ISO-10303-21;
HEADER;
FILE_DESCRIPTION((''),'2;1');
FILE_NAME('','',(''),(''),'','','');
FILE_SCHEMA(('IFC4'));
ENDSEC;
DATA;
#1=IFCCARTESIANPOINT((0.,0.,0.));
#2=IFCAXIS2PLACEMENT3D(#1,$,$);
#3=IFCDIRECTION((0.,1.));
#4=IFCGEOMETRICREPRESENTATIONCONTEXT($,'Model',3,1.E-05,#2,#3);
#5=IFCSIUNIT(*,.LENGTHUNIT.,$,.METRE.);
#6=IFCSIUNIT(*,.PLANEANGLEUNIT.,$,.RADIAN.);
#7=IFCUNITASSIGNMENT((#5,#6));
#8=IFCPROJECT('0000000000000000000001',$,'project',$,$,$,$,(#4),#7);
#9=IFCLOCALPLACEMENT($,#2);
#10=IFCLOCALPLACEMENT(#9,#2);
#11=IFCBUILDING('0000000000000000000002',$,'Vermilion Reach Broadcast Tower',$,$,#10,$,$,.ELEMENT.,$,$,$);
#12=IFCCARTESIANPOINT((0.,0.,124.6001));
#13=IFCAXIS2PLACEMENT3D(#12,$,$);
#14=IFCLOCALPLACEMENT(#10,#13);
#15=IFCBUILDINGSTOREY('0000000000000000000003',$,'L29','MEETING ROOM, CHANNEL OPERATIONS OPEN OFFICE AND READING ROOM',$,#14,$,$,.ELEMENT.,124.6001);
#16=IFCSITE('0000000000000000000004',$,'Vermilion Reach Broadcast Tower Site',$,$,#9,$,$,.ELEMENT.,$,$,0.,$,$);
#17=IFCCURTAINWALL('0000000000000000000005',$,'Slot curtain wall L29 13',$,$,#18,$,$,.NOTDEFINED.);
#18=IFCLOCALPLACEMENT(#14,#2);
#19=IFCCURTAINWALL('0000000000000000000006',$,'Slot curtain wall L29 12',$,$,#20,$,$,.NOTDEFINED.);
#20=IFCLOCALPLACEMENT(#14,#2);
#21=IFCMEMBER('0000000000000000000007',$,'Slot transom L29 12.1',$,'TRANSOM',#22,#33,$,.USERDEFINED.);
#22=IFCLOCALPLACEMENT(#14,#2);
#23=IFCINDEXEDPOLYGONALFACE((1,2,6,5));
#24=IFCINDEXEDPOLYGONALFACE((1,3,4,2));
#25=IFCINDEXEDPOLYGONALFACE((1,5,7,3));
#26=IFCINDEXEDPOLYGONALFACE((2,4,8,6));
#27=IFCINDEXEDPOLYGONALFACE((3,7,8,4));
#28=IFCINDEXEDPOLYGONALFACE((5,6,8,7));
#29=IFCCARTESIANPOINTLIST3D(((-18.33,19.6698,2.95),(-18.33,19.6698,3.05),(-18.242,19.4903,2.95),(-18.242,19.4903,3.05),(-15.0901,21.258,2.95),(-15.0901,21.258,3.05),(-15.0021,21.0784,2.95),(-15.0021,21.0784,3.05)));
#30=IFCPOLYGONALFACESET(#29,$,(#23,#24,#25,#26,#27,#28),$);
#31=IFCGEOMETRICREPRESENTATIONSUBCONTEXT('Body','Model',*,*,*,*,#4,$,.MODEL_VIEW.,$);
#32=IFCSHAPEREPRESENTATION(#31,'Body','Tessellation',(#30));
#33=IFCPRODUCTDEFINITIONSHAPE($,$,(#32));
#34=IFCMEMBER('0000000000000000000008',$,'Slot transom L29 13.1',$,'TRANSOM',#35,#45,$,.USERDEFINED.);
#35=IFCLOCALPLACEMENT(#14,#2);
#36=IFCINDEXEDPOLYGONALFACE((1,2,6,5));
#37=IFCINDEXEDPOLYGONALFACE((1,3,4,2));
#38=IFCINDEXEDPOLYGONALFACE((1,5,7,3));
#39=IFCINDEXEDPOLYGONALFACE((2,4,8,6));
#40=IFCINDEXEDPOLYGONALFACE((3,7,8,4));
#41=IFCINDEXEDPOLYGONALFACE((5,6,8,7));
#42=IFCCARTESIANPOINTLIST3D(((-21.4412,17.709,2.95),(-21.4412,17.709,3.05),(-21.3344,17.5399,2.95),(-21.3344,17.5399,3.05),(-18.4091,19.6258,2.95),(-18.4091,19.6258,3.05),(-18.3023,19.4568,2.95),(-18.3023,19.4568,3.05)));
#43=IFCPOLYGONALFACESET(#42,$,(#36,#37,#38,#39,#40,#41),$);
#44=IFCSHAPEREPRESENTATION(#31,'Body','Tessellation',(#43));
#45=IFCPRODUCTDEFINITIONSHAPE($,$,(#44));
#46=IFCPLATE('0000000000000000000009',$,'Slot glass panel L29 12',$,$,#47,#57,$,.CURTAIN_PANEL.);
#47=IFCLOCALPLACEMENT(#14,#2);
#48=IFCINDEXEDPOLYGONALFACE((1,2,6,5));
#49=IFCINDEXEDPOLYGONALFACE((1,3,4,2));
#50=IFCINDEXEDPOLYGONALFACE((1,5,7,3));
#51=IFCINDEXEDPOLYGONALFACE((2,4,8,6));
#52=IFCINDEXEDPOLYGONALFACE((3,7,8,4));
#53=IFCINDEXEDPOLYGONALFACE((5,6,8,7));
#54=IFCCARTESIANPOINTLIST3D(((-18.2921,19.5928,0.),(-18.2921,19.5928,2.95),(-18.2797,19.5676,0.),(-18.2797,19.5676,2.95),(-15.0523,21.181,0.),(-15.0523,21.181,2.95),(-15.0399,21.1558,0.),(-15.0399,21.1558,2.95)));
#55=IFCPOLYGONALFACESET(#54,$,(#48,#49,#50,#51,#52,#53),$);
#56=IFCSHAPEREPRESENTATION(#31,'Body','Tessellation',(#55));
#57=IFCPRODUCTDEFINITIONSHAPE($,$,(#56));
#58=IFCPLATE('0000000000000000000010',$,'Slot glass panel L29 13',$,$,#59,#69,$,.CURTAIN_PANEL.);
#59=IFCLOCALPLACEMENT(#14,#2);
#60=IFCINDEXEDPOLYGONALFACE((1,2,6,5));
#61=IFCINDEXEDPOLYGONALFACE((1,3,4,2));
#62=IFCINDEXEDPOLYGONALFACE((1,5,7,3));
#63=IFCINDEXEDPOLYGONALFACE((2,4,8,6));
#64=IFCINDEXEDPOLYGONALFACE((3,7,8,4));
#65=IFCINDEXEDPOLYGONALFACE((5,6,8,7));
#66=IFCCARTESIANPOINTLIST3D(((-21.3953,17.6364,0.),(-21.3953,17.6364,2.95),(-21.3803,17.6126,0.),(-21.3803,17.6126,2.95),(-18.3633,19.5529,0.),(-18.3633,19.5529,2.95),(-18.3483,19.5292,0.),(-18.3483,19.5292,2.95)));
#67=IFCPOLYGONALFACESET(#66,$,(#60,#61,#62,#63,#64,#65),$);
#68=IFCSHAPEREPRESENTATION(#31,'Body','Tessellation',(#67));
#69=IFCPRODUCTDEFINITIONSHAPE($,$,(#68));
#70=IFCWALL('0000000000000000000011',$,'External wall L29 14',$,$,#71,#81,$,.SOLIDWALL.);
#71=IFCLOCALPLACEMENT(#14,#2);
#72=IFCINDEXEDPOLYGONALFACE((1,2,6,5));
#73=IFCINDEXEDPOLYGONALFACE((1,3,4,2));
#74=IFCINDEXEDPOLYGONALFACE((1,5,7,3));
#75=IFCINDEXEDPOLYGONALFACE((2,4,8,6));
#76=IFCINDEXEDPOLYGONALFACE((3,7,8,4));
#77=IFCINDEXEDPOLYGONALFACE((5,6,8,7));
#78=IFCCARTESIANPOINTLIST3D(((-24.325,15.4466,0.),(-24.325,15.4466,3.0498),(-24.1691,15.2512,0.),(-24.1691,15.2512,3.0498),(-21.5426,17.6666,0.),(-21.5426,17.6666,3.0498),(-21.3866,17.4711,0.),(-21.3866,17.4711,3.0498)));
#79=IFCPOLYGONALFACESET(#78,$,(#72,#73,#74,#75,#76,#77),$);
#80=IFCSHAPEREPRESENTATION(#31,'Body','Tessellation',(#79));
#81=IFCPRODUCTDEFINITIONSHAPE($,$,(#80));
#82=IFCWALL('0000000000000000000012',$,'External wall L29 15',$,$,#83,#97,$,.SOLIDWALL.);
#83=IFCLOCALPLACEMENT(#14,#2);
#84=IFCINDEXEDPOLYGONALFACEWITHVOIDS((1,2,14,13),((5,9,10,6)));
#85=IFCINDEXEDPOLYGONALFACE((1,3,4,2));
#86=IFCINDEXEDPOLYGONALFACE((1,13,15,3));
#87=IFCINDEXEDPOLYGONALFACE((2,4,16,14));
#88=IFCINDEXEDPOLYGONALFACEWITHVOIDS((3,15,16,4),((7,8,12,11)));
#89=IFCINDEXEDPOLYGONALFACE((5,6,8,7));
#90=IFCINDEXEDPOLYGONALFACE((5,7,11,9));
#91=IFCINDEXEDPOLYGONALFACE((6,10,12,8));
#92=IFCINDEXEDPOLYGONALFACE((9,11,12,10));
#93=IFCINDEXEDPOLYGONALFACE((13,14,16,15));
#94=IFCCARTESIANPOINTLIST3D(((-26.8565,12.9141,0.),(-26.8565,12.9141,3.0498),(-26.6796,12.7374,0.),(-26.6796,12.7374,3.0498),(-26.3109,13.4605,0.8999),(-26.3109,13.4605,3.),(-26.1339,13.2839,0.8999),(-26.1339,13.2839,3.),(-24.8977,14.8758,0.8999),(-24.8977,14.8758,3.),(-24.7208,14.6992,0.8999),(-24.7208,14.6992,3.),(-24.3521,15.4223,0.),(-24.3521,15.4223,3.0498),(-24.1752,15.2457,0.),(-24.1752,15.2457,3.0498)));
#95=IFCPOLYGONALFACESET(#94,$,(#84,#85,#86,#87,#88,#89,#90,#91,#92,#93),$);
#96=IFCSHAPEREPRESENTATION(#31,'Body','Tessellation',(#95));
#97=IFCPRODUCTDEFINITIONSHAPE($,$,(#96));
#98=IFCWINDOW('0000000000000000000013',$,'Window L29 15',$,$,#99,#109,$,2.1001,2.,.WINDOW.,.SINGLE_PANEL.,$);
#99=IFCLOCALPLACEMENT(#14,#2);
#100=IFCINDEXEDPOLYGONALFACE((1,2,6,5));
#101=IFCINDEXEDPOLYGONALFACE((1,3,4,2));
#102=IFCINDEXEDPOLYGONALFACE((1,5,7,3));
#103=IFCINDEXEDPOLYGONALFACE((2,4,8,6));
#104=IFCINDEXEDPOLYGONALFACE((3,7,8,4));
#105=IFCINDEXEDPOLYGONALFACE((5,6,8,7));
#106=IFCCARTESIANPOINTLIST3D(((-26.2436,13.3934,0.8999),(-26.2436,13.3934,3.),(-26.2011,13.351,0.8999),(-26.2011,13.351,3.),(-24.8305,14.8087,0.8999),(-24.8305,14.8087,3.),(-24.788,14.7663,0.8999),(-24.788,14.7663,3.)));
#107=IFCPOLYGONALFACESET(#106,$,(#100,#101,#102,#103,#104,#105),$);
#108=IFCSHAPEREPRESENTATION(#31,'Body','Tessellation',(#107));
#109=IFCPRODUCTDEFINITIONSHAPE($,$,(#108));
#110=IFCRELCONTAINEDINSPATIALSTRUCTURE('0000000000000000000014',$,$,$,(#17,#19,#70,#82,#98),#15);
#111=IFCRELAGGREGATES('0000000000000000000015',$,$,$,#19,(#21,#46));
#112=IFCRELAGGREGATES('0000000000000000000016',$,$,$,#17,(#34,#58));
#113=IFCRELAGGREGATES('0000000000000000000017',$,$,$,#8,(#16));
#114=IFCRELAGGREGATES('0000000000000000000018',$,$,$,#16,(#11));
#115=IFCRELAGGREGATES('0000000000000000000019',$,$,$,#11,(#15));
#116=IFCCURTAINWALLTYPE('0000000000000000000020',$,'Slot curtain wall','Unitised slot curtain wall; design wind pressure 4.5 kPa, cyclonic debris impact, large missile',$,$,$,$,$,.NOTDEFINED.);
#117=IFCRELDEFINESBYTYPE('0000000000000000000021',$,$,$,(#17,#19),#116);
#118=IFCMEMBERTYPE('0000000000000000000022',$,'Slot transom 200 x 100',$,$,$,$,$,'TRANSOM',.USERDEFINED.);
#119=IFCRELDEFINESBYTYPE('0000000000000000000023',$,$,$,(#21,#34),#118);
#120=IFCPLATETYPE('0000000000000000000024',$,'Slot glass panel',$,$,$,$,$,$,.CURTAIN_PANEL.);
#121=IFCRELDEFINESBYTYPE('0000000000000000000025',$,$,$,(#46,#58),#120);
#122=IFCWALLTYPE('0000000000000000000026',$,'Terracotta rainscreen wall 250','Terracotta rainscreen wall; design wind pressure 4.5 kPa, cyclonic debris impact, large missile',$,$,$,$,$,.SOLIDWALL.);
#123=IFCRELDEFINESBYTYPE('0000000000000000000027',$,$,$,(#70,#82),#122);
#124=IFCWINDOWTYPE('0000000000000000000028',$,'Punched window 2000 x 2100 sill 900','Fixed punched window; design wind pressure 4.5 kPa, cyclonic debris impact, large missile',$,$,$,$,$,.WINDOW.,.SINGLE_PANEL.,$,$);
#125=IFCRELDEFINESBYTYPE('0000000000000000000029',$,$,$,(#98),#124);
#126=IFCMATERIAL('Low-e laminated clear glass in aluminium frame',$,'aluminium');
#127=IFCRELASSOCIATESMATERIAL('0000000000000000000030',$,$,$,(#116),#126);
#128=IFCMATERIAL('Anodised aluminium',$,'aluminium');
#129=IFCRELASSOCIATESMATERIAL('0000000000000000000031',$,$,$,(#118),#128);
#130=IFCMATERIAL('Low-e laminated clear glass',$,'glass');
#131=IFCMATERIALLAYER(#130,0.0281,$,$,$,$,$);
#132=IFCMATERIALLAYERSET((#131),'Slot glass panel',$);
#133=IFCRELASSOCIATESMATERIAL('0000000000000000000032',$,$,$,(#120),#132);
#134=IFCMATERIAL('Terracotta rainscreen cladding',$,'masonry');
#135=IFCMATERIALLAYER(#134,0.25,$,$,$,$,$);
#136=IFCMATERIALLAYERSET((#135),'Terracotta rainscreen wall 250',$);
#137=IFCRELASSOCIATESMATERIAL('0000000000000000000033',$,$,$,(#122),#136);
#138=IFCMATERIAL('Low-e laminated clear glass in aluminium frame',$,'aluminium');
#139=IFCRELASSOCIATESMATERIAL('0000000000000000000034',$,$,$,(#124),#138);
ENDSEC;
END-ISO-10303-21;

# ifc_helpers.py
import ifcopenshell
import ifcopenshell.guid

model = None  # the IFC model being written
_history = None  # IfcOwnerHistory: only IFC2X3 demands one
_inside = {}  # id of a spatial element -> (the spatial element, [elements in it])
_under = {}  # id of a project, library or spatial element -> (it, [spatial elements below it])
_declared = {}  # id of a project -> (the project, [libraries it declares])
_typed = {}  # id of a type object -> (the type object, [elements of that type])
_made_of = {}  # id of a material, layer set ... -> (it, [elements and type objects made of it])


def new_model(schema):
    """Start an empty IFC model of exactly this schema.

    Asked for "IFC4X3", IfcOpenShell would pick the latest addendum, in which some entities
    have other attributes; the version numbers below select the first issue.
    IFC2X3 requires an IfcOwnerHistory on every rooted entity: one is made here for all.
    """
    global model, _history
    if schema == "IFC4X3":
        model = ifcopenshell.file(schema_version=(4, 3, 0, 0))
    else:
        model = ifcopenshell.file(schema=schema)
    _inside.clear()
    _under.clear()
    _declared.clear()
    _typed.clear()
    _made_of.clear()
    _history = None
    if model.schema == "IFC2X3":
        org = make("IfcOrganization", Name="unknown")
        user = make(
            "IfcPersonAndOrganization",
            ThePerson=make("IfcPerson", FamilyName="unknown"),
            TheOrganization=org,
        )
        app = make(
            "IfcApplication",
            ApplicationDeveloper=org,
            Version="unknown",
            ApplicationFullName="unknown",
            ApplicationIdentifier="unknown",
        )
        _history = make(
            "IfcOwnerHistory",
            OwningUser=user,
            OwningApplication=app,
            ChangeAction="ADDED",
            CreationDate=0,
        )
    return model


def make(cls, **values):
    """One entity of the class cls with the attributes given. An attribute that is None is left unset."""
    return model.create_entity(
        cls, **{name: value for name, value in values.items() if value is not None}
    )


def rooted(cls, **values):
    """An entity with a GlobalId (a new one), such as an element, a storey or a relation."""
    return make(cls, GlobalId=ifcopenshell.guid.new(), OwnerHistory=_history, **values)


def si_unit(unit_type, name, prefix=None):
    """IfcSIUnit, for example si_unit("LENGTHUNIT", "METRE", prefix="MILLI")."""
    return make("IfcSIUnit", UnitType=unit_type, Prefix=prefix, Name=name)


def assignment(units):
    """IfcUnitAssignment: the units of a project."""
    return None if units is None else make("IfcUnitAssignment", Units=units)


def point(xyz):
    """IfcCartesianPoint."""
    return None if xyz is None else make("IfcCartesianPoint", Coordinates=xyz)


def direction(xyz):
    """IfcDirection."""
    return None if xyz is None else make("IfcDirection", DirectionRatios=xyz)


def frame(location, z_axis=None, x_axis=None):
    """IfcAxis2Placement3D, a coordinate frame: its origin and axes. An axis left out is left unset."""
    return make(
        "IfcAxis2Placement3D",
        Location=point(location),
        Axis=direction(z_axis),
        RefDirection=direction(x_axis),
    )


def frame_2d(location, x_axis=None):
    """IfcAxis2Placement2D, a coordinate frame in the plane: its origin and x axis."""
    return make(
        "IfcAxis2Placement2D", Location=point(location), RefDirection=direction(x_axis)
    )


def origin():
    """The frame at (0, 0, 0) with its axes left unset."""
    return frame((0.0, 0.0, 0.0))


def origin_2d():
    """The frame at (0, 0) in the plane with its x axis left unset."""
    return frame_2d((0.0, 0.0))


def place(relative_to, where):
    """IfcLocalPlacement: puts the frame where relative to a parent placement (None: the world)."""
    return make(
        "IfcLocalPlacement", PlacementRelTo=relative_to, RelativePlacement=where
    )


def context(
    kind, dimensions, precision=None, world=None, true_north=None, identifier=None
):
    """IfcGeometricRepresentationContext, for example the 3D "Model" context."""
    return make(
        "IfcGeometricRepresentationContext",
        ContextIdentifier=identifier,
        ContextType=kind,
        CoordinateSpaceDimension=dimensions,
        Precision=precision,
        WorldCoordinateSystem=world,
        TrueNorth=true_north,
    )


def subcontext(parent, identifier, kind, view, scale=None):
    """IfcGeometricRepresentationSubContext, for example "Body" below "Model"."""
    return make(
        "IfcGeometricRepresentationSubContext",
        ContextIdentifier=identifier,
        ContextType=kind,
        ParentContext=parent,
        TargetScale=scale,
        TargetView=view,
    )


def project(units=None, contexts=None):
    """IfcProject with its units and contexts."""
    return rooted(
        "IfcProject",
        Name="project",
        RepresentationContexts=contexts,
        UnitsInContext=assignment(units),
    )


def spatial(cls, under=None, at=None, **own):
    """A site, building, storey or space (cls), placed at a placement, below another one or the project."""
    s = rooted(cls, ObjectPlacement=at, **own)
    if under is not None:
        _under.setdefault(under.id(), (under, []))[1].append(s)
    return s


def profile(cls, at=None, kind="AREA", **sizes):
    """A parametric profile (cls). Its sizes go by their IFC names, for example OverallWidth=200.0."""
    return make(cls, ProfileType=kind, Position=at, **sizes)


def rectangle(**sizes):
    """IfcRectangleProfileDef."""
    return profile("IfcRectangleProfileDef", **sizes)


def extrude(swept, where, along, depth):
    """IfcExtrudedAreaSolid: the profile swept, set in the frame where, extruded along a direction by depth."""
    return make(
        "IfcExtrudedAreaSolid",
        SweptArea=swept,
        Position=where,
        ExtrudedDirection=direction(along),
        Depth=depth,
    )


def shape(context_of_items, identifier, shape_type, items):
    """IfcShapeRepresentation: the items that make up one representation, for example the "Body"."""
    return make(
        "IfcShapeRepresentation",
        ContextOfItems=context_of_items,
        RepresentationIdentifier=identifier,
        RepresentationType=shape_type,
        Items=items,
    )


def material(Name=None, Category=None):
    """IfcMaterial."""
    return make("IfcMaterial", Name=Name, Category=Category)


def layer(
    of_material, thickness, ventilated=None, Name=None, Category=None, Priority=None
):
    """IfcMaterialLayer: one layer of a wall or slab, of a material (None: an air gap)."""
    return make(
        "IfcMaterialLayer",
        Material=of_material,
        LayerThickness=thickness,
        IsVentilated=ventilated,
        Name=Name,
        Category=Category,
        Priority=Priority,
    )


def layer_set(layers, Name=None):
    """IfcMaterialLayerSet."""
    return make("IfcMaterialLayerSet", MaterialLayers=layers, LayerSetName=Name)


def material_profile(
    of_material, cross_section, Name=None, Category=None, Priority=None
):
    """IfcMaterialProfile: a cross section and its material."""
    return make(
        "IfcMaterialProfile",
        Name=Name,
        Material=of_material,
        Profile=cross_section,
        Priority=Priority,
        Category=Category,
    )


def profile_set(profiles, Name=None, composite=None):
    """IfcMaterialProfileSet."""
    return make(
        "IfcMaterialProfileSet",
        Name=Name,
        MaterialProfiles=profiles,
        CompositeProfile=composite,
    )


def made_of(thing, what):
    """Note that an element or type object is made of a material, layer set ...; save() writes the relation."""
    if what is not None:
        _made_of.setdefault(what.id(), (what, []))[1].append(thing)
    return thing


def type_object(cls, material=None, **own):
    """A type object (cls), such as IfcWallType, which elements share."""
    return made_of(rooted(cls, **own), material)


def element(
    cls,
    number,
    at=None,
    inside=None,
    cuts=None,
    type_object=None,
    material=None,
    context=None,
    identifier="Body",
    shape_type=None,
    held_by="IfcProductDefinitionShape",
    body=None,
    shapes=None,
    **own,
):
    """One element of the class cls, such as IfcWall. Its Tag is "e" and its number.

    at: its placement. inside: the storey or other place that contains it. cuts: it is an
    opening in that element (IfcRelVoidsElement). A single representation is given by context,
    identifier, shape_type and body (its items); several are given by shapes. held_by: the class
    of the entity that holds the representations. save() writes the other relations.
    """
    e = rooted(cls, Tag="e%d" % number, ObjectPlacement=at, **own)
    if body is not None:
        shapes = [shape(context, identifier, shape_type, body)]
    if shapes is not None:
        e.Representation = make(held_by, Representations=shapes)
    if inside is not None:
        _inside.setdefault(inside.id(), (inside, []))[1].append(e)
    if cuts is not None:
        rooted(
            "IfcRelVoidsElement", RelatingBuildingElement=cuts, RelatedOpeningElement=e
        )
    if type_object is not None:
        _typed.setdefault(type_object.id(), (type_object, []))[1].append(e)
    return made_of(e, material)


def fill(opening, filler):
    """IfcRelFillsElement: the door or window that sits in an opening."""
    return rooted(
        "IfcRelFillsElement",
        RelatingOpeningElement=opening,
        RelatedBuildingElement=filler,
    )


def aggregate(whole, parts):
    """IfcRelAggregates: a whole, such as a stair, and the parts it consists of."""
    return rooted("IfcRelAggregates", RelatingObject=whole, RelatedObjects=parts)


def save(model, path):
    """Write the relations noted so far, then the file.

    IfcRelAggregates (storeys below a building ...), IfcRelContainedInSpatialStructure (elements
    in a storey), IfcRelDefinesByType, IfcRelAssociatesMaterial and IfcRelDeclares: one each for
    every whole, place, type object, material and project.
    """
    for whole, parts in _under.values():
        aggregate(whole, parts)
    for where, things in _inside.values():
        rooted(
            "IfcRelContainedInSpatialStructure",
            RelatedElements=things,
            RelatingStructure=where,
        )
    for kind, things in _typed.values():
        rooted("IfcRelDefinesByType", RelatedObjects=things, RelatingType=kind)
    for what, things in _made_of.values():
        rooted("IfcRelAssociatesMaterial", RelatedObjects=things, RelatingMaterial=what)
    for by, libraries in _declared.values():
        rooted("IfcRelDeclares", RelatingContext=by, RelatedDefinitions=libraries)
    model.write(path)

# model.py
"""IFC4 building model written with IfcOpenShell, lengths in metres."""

from ifc_helpers import new_model, si_unit, direction, frame, frame_2d, origin, origin_2d, place, context, subcontext, project, spatial, rectangle, extrude, material, layer, layer_set, material_profile, profile_set, type_object, element, fill, aggregate, save


model = new_model("IFC4")

# Units and contexts
model_context = context("Model", 3, precision=1e-05, world=origin(), true_north=direction((0.0, 1.0)))
body_context = subcontext(model_context, "Body", "Model", "MODEL_VIEW")
ifc_project = project(units=[si_unit("LENGTHUNIT", "METRE"), si_unit("PLANEANGLEUNIT", "RADIAN")], contexts=[model_context])

# Site, building, storey
site_placement = place(None, origin())
site = spatial("IfcSite", under=ifc_project, at=site_placement, Name="Vermilion Reach Broadcast Tower Site", CompositionType="ELEMENT", RefElevation=0.0)
building_placement = place(site_placement, origin())
building = spatial("IfcBuilding", under=site, at=building_placement, Name="Vermilion Reach Broadcast Tower", CompositionType="ELEMENT")
storey_placement = place(building_placement, frame((0.0, 0.0, 124.6001)))
storey = spatial("IfcBuildingStorey", under=building, at=storey_placement, Name="L29", Description="MEETING ROOM, CHANNEL OPERATIONS OPEN OFFICE AND READING ROOM", CompositionType="ELEMENT", Elevation=124.6001)

# Curtain wall
ifc_material_1 = material(Name="Low-e laminated clear glass in aluminium frame", Category="aluminium")
curtain_wall_type = type_object("IfcCurtainWallType", Name="Slot curtain wall", Description="Unitised slot curtain wall; design wind pressure 4.5 kPa, cyclonic debris impact, large missile", PredefinedType="NOTDEFINED", material=ifc_material_1)
placement = place(storey_placement, origin())
curtain_wall_1 = element("IfcCurtainWall", 1, at=placement, inside=storey, type_object=curtain_wall_type, Name="Slot curtain wall L29 13", PredefinedType="NOTDEFINED")

# Curtain wall, member
curtain_wall_2 = element("IfcCurtainWall", 2, at=placement, inside=storey, type_object=curtain_wall_type, Name="Slot curtain wall L29 12", PredefinedType="NOTDEFINED")
ifc_material_2 = material(Name="Anodised aluminium", Category="aluminium")
ifc_material_profile_1 = material_profile(ifc_material_2, rectangle(XDim=0.2, YDim=0.1001, at=origin_2d()), Name="Slot transom 200 x 100")
ifc_profile_set_1 = profile_set([ifc_material_profile_1], Name="Anodised aluminium")
member_type_1 = type_object("IfcMemberType", Name="Slot transom 200 x 100", ElementType="TRANSOM", PredefinedType="USERDEFINED", material=ifc_profile_set_1)
member_1_placement = place(storey_placement, frame((-15.0461, 21.1682, 3.0), z_axis=(-0.897918, -0.440163, 0.0), x_axis=(0.440163, -0.897918, 0.0)))
member_1 = element("IfcMember", 3, at=member_1_placement, type_object=member_type_1, Name="Slot transom L29 12.1", ObjectType="TRANSOM", PredefinedType="USERDEFINED", context=body_context, shape_type="SweptSolid", body=[
    extrude(rectangle(XDim=0.2, YDim=0.1001, at=origin_2d()), origin(), (0.0, 0.0, 1.0), 3.6082),
])

# Member
member_2_placement = place(storey_placement, frame((-18.3557, 19.5413, 3.0), z_axis=(-0.845261, -0.534354, 0.0), x_axis=(0.534354, -0.845261, 0.0)))
member_2 = element("IfcMember", 4, at=member_2_placement, type_object=member_type_1, Name="Slot transom L29 13.1", ObjectType="TRANSOM", PredefinedType="USERDEFINED", context=body_context, shape_type="SweptSolid", body=[
    extrude(rectangle(XDim=0.2, YDim=0.1001, at=origin_2d()), origin(), (0.0, 0.0, 1.0), 3.5872),
])

# Plates
ifc_material_3 = material(Name="Low-e laminated clear glass", Category="glass")
ifc_layer_1 = layer(ifc_material_3, 0.0281)
ifc_layer_set_1 = layer_set([ifc_layer_1], Name="Slot glass panel")
plate_type = type_object("IfcPlateType", Name="Slot glass panel", PredefinedType="CURTAIN_PANEL", material=ifc_layer_set_1)
plate_1_placement = place(storey_placement, frame((-16.666, 20.3743, 0.0), z_axis=(0.0, 0.0, 1.0), x_axis=(-0.897918, -0.440164, 0.0)))
plate_1 = element("IfcPlate", 5, at=plate_1_placement, type_object=plate_type, Name="Slot glass panel L29 12", PredefinedType="CURTAIN_PANEL", context=body_context, shape_type="SweptSolid", body=[
    extrude(rectangle(XDim=3.6082, YDim=0.0281, at=origin_2d()), origin(), (0.0, 0.0, 1.0), 2.95),
])
aggregate(curtain_wall_2, [member_1, plate_1])
plate_2_placement = place(storey_placement, frame((-19.8718, 18.5828, 0.0), z_axis=(0.0, 0.0, 1.0), x_axis=(-0.845285, -0.534316, 0.0)))
plate_2 = element("IfcPlate", 6, at=plate_2_placement, type_object=plate_type, Name="Slot glass panel L29 13", PredefinedType="CURTAIN_PANEL", context=body_context, shape_type="SweptSolid", body=[
    extrude(rectangle(XDim=3.5869, YDim=0.0281, at=origin_2d()), origin(), (0.0, 0.0, 1.0), 2.95),
])
aggregate(curtain_wall_1, [member_2, plate_2])

# Wall
ifc_material_4 = material(Name="Terracotta rainscreen cladding", Category="masonry")
ifc_layer_2 = layer(ifc_material_4, 0.25)
ifc_layer_set_2 = layer_set([ifc_layer_2], Name="Terracotta rainscreen wall 250")
wall_type = type_object("IfcWallType", Name="Terracotta rainscreen wall 250", Description="Terracotta rainscreen wall; design wind pressure 4.5 kPa, cyclonic debris impact, large missile", PredefinedType="SOLIDWALL", material=ifc_layer_set_2)
wall_1_placement = place(storey_placement, frame((-21.4646, 17.5688, 0.0), z_axis=(0.0, 0.0, 1.0), x_axis=(-0.781691, -0.623666, 0.0)))
element("IfcWall", 7, at=wall_1_placement, inside=storey, type_object=wall_type, Name="External wall L29 14", PredefinedType="SOLIDWALL", context=body_context, shape_type="SweptSolid", body=[
    extrude(rectangle(XDim=3.5596, YDim=0.25, at=frame_2d((1.7798, 0.0))), origin(), (0.0, 0.0, 1.0), 3.0498),
])

# Wall, opening, window
wall_2_placement = place(storey_placement, frame((-24.2637, 15.334, 0.0), z_axis=(0.0, 0.0, 1.0), x_axis=(-0.706556, -0.707658, 0.0)))
wall_2 = element("IfcWall", 8, at=wall_2_placement, inside=storey, type_object=wall_type, Name="External wall L29 15", PredefinedType="SOLIDWALL", context=body_context, shape_type="SweptSolid", body=[
    extrude(rectangle(XDim=3.5444, YDim=0.25, at=frame_2d((1.7722, 0.0))), origin(), (0.0, 0.0, 1.0), 3.0498),
])
opening_placement = place(wall_2_placement, frame((0.7722, 0.0, 0.8999)))
opening = element("IfcOpeningElement", 9, at=opening_placement, cuts=wall_2, PredefinedType="OPENING", context=body_context, shape_type="SweptSolid", body=[
    extrude(rectangle(XDim=2.0, YDim=2.1001, at=frame_2d((1.0, 1.05))), frame((0.0, 0.135, 0.0), z_axis=(0.0, -1.0, 0.0), x_axis=(1.0, 0.0, 0.0)), (0.0, 0.0, 1.0), 0.27),
])
ifc_material_5 = material(Name="Low-e laminated clear glass in aluminium frame", Category="aluminium")
window_type = type_object("IfcWindowType", Name="Punched window 2000 x 2100 sill 900", Description="Fixed punched window; design wind pressure 4.5 kPa, cyclonic debris impact, large missile", PartitioningType="SINGLE_PANEL", PredefinedType="WINDOW", material=ifc_material_5)
window_placement = place(opening_placement, origin())
window = element("IfcWindow", 10, at=window_placement, inside=storey, type_object=window_type, Name="Window L29 15", OverallHeight=2.1001, OverallWidth=2.0, PartitioningType="SINGLE_PANEL", PredefinedType="WINDOW", context=body_context, shape_type="SweptSolid", body=[
    extrude(rectangle(XDim=2.0, YDim=2.1001, at=frame_2d((1.0, 1.05))), frame((0.0, 0.03, 0.0), z_axis=(0.0, -1.0, 0.0), x_axis=(1.0, 0.0, 0.0)), (0.0, 0.0, 1.0), 0.0601),
])
fill(opening, window)

save(model, "model.ifc")
